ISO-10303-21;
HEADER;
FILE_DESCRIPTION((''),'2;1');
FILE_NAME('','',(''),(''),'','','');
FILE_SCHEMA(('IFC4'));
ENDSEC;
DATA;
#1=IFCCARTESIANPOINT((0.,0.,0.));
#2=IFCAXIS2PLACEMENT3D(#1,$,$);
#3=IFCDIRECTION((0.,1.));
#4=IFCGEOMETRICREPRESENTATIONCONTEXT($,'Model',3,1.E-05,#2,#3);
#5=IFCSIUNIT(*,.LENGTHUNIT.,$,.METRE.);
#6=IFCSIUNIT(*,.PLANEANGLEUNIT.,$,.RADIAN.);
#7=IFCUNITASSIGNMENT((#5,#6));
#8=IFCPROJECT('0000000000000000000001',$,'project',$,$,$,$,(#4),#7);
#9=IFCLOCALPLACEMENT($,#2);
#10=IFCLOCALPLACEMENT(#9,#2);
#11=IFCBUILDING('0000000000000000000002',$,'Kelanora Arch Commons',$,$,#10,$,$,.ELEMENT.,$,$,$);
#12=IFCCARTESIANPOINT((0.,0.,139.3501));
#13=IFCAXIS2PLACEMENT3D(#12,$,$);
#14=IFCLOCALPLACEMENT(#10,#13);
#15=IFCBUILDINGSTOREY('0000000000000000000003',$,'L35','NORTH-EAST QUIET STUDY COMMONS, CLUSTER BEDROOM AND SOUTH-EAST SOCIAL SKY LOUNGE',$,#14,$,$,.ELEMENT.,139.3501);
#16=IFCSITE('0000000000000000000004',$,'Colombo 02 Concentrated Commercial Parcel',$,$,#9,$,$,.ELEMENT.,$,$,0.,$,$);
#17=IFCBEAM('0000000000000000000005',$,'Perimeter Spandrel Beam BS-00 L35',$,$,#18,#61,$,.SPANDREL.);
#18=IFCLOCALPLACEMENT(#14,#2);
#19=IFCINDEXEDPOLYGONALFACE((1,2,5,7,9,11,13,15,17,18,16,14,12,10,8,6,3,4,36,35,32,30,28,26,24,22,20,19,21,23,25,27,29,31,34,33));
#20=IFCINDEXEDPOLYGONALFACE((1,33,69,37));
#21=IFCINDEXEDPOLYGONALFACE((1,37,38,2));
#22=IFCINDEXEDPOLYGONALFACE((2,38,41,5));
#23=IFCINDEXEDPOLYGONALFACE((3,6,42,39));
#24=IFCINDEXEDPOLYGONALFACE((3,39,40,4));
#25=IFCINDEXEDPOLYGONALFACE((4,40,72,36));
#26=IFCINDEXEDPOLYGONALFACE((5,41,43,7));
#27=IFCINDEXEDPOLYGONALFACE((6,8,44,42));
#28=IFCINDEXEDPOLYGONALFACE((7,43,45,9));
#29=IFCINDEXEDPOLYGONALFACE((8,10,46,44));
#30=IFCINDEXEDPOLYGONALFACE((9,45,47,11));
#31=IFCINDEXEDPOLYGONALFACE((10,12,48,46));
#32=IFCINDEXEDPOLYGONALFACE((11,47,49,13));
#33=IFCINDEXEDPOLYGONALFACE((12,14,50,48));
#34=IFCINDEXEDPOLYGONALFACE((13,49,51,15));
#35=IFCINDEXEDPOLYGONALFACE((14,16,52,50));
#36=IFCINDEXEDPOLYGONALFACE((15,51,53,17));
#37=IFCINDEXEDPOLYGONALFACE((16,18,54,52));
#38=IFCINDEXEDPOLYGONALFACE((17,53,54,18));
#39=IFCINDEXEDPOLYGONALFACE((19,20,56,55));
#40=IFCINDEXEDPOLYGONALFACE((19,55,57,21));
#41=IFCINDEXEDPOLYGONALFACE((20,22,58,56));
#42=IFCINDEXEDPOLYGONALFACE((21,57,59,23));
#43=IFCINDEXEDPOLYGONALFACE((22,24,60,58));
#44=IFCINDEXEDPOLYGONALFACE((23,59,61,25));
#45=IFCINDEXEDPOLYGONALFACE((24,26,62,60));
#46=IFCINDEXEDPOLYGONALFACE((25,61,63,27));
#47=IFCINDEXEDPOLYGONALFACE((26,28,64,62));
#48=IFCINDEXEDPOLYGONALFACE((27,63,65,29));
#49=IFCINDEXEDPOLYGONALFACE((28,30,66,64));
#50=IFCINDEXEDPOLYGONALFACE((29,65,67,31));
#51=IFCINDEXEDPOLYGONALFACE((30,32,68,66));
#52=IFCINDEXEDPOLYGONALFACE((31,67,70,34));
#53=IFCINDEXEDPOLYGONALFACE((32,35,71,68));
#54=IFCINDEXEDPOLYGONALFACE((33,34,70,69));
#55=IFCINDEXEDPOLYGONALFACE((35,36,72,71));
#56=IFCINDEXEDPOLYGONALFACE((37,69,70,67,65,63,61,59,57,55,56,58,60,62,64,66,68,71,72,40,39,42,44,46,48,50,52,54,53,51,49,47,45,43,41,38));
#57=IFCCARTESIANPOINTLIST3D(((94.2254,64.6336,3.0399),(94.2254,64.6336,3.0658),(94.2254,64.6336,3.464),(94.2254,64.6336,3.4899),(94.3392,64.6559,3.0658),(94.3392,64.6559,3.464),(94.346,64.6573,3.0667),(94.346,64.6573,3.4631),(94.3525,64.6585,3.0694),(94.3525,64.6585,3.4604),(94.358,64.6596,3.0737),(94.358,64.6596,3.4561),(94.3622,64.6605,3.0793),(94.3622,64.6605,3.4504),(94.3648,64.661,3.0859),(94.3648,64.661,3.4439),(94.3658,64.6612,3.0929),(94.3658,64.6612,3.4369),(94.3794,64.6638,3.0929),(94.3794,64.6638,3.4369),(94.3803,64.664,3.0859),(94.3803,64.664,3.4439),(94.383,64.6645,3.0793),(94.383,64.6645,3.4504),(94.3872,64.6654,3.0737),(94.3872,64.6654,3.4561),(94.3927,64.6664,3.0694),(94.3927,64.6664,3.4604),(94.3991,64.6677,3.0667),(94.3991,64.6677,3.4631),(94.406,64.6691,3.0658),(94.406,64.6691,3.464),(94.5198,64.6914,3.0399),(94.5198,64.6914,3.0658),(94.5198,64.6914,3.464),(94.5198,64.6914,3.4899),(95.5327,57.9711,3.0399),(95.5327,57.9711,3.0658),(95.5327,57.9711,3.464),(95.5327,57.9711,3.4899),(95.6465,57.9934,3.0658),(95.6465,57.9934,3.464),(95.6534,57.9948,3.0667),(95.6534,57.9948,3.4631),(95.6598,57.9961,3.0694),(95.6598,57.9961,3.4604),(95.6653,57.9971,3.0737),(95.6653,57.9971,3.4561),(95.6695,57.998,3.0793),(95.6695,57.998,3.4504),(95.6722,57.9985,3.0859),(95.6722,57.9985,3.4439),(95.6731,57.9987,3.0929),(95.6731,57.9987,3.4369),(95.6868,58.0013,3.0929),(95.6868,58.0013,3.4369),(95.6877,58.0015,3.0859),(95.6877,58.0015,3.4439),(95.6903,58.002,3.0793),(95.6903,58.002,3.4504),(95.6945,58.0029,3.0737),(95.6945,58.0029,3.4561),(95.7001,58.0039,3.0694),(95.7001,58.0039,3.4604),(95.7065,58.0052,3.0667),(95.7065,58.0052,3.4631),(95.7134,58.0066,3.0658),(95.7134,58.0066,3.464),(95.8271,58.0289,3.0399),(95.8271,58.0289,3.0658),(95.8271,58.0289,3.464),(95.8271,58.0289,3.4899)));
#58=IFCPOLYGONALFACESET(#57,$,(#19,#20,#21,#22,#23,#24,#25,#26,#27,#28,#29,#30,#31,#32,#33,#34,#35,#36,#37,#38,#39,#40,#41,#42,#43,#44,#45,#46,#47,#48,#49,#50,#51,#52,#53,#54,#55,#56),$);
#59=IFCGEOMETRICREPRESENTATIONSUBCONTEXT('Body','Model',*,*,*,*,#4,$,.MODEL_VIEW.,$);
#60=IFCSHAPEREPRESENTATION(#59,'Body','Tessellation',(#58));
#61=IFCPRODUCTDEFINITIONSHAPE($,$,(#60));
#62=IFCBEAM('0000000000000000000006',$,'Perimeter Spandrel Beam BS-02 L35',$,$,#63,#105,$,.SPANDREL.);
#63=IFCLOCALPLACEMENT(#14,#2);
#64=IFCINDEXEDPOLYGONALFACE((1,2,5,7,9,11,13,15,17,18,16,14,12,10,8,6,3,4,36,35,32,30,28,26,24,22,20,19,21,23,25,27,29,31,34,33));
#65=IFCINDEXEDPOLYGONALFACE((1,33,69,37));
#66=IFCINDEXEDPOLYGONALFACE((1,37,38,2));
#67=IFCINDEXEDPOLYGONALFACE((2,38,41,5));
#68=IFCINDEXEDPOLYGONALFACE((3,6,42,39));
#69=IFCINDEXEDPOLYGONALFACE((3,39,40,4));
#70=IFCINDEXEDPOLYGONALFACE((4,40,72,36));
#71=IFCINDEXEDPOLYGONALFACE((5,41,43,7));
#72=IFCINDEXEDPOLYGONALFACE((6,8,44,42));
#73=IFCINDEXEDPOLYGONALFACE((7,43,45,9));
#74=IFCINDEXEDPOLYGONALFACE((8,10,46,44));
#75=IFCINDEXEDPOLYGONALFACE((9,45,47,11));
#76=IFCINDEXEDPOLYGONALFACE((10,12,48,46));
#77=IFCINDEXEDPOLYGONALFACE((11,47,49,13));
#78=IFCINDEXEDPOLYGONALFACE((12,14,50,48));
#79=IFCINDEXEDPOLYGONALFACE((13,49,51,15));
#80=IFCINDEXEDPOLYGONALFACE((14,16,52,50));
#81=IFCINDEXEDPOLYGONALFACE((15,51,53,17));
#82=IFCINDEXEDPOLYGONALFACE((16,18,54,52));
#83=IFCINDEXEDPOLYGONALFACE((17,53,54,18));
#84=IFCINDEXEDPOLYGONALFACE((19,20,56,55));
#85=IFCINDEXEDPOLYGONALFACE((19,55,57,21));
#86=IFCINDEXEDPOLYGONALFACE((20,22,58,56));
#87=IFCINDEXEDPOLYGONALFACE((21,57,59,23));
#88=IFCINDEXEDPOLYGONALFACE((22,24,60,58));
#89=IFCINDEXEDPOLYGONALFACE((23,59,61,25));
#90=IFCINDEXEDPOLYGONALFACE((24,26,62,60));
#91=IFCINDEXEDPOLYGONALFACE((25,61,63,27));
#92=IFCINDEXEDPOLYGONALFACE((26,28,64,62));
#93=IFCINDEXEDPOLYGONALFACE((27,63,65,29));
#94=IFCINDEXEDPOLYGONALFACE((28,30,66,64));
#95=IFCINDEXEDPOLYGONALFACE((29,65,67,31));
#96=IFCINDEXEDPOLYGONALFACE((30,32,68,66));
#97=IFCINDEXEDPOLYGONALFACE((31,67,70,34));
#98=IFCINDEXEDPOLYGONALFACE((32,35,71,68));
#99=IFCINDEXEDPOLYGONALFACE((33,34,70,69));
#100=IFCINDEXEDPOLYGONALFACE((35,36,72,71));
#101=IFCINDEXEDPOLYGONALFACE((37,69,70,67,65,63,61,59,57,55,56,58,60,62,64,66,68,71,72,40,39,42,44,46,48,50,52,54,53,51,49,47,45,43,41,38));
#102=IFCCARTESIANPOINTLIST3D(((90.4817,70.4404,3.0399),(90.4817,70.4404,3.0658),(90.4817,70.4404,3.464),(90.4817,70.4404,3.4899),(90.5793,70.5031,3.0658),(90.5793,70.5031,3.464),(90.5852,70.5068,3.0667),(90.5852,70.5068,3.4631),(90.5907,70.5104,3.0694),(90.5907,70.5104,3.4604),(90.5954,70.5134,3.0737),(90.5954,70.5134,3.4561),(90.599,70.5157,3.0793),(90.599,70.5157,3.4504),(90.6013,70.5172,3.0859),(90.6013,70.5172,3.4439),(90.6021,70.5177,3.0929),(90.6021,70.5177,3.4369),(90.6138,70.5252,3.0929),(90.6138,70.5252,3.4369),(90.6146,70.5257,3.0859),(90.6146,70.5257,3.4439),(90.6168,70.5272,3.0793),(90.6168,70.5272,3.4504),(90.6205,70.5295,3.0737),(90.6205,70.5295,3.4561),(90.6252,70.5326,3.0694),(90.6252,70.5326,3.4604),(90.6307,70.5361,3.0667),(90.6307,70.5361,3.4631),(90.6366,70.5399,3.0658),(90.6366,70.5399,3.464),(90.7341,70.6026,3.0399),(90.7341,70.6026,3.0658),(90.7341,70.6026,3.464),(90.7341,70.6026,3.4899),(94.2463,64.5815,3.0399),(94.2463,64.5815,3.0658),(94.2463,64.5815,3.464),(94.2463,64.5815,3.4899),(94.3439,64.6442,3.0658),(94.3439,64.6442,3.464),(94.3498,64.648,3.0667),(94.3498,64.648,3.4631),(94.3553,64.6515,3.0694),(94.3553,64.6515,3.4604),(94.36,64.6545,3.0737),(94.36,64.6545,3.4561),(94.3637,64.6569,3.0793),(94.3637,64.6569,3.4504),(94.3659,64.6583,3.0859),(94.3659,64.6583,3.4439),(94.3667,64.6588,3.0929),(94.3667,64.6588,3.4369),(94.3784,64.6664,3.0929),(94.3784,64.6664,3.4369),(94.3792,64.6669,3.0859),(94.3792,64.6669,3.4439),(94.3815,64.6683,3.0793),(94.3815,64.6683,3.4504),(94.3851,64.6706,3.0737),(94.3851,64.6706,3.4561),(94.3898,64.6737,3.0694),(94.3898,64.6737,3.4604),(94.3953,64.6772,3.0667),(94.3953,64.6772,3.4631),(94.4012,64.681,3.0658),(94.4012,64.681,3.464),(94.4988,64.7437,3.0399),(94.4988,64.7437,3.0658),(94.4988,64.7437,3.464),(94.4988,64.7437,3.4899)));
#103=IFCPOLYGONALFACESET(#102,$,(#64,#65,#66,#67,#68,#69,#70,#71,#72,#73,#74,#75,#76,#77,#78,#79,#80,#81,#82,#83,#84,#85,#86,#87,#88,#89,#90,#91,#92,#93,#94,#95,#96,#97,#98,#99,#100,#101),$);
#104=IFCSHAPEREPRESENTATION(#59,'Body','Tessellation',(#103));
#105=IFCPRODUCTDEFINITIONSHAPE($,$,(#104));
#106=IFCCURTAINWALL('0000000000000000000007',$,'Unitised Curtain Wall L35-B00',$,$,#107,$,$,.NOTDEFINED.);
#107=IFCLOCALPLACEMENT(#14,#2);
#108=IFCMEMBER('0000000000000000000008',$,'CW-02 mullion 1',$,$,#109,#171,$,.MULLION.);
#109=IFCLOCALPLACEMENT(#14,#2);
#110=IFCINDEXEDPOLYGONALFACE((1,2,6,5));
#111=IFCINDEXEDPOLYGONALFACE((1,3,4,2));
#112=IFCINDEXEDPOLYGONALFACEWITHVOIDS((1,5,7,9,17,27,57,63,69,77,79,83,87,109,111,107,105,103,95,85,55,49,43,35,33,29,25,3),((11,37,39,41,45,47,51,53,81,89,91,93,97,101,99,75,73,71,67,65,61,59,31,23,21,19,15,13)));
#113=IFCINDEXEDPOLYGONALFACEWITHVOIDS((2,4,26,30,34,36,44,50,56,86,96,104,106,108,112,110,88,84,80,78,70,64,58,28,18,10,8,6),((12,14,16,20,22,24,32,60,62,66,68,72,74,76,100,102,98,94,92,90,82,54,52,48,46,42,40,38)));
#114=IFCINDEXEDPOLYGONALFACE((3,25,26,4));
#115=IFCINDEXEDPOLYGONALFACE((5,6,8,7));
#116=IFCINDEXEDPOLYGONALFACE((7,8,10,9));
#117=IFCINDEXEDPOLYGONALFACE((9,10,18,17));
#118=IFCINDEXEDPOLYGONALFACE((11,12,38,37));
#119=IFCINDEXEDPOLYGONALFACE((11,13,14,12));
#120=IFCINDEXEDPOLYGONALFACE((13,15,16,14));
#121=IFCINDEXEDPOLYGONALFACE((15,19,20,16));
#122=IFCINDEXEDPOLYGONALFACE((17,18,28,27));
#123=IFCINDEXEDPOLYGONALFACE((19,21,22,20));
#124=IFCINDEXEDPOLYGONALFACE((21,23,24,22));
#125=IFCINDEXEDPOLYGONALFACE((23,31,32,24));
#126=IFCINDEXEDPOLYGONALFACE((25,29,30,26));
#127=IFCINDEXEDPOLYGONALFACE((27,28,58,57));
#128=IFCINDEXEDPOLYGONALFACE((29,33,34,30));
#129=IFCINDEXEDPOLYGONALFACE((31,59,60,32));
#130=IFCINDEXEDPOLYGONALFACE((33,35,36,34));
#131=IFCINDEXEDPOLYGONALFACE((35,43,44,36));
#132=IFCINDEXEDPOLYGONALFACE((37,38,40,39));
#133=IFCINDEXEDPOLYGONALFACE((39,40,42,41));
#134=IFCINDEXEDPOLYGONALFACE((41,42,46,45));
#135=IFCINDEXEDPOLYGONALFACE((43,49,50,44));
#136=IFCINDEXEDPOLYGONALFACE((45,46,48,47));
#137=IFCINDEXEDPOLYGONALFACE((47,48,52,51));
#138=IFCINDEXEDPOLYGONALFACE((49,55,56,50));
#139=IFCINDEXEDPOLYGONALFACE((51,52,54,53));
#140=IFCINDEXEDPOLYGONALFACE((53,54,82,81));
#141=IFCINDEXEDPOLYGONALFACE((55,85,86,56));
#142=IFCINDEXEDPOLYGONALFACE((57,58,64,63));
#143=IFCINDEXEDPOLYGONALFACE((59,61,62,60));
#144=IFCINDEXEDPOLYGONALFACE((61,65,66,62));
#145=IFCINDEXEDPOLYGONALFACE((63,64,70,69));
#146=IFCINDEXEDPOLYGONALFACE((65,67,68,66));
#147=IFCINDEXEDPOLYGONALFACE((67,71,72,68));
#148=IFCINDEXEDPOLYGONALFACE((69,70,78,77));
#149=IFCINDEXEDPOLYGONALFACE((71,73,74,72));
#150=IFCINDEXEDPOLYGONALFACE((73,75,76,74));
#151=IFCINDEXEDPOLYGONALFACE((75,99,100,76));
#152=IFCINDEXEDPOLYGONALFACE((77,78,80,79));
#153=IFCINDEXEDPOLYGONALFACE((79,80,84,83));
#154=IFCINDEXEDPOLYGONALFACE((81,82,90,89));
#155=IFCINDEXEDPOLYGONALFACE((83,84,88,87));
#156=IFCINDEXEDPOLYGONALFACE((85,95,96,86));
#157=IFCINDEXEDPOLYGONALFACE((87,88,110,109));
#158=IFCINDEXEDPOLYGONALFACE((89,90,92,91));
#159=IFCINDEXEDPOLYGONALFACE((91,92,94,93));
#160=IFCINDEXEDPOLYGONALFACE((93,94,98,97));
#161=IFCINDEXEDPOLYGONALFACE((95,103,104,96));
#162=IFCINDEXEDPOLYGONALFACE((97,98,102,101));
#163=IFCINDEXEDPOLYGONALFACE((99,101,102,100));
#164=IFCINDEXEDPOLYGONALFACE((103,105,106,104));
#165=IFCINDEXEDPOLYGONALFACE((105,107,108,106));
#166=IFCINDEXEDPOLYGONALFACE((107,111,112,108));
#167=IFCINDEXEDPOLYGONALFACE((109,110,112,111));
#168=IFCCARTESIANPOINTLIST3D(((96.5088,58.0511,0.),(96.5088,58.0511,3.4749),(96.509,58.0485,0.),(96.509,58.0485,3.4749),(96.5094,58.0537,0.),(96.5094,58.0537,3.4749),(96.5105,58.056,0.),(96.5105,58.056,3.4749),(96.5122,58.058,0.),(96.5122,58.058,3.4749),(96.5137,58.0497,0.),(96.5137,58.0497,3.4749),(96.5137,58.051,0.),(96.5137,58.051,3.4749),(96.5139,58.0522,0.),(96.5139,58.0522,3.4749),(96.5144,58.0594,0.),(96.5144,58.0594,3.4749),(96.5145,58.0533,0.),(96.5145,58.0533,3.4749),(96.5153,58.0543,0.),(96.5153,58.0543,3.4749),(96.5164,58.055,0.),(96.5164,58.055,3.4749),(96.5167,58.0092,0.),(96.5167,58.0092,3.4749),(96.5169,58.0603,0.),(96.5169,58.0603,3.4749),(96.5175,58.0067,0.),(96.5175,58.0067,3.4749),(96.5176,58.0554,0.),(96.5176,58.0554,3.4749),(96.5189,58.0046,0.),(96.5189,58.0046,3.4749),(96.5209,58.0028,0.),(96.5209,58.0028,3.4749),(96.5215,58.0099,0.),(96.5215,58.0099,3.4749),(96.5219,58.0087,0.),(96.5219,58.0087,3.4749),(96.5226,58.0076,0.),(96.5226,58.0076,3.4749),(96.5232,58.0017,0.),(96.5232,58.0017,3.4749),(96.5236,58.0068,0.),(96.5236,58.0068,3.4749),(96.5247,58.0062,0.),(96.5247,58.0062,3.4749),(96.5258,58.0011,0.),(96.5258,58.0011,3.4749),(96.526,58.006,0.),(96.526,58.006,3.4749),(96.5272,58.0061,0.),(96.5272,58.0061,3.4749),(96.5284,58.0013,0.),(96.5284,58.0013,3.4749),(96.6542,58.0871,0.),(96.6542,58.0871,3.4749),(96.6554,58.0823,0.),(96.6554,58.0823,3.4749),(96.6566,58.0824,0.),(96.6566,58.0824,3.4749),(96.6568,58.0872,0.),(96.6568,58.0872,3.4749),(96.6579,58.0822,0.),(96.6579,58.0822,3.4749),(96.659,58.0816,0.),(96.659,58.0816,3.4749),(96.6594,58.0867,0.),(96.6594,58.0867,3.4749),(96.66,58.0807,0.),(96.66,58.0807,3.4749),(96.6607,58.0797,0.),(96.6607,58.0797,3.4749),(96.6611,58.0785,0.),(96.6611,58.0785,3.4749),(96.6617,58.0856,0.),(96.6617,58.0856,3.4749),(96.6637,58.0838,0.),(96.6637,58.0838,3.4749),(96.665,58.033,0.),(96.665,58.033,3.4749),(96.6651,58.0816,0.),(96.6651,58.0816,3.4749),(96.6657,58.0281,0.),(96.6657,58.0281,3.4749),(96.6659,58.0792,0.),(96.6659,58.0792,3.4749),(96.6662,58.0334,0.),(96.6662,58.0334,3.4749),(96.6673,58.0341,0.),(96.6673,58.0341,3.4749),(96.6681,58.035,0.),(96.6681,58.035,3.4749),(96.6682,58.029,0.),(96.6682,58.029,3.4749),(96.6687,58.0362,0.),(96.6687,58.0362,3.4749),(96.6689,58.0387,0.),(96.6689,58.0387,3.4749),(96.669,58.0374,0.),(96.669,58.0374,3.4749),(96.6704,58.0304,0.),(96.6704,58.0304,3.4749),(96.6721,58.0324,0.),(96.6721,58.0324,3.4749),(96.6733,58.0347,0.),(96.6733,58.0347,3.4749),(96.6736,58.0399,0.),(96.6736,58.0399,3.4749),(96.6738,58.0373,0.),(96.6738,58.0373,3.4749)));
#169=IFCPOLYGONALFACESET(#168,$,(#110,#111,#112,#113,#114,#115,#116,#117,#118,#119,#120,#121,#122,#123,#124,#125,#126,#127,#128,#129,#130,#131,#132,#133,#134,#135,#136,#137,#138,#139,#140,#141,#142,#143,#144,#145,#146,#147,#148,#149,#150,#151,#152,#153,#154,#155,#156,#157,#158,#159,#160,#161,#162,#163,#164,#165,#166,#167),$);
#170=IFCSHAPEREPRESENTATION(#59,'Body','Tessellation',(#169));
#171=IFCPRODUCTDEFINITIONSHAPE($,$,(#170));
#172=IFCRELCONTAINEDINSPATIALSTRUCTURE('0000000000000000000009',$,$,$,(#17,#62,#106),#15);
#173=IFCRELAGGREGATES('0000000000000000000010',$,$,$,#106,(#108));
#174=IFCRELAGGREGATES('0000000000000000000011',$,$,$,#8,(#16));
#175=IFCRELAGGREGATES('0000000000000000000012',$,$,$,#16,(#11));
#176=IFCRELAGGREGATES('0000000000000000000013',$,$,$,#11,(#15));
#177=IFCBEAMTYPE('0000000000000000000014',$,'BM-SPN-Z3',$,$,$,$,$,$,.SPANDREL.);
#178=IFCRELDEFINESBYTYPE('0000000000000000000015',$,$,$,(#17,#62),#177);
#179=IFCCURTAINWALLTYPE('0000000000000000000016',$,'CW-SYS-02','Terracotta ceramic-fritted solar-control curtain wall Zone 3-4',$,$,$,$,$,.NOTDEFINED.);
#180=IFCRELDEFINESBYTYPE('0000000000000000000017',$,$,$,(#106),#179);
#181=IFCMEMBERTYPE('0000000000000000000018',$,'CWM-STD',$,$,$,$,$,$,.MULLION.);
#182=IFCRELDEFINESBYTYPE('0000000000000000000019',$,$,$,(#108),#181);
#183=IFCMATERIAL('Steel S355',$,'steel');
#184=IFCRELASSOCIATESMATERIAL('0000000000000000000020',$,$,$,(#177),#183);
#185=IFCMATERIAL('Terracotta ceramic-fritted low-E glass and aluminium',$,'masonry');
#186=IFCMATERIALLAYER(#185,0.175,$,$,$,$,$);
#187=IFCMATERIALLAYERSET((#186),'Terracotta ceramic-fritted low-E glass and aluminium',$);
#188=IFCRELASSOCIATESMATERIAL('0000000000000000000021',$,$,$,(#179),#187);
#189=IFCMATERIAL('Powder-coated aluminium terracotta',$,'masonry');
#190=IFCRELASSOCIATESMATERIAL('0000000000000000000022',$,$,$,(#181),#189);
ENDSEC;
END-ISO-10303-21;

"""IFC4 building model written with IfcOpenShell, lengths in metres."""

from ifc_helpers import new_model, si_unit, direction, frame, origin, origin_2d, place, context, subcontext, project, spatial, hollow_rectangle, i_section, extrude, material, layer, layer_set, material_profile, profile_set, type_object, element, aggregate, save


model = new_model("IFC4")

# Units and contexts
model_context = context("Model", 3, precision=1e-05, world=origin(), true_north=direction((0.0, 1.0)))
body_context = subcontext(model_context, "Body", "Model", "MODEL_VIEW")
ifc_project = project(units=[si_unit("LENGTHUNIT", "METRE"), si_unit("PLANEANGLEUNIT", "RADIAN")], contexts=[model_context])

# Site, building, storey
site_placement = place(None, origin())
site = spatial("IfcSite", under=ifc_project, at=site_placement, Name="Colombo 02 Concentrated Commercial Parcel", CompositionType="ELEMENT", RefElevation=0.0)
building_placement = place(site_placement, origin())
building = spatial("IfcBuilding", under=site, at=building_placement, Name="Kelanora Arch Commons", CompositionType="ELEMENT")
storey_placement = place(building_placement, frame((0.0, 0.0, 139.3501)))
storey = spatial("IfcBuildingStorey", under=building, at=storey_placement, Name="L35", Description="NORTH-EAST QUIET STUDY COMMONS, CLUSTER BEDROOM AND SOUTH-EAST SOCIAL SKY LOUNGE", CompositionType="ELEMENT", Elevation=139.3501)

# Beams
ifc_material_1 = material(Name="Steel S355", Category="steel")
ifc_material_profile_1 = material_profile(ifc_material_1, i_section(OverallWidth=0.3, OverallDepth=0.45, WebThickness=0.0139, FlangeThickness=0.0259, FilletRadius=0.0271, at=origin_2d()), Name="HEB450")
ifc_profile_set_1 = profile_set([ifc_material_profile_1], Name="Steel S355")
beam_type_1 = type_object("IfcBeamType", Name="BM-SPN-Z3", PredefinedType="SPANDREL", material=ifc_profile_set_1)
beam_1_placement = place(storey_placement, frame((95.6799, 58.0, 3.2649), z_axis=(-0.192554, 0.981286, 0.0), x_axis=(-0.981286, -0.192554, 0.0)))
element("IfcBeam", 1, at=beam_1_placement, inside=storey, type_object=beam_type_1, Name="Perimeter Spandrel Beam BS-00 L35", PredefinedType="SPANDREL", context=body_context, shape_type="SweptSolid", body=[
    extrude(i_section(OverallWidth=0.3, OverallDepth=0.45, WebThickness=0.0139, FlangeThickness=0.0259, FilletRadius=0.0271, at=origin_2d()), origin(), (0.0, 0.0, 1.0), 6.7896),
])
beam_2_placement = place(storey_placement, frame((94.3726, 64.6626, 3.2649), z_axis=(-0.540577, 0.841295, 0.0), x_axis=(-0.841295, -0.540577, 0.0)))
element("IfcBeam", 2, at=beam_2_placement, inside=storey, type_object=beam_type_1, Name="Perimeter Spandrel Beam BS-02 L35", PredefinedType="SPANDREL", context=body_context, shape_type="SweptSolid", body=[
    extrude(i_section(OverallWidth=0.3, OverallDepth=0.45, WebThickness=0.0139, FlangeThickness=0.0259, FilletRadius=0.0271, at=origin_2d()), origin(), (0.0, 0.0, 1.0), 6.9641),
])

# Curtain wall, member
ifc_material_2 = material(Name="Terracotta ceramic-fritted low-E glass and aluminium", Category="masonry")
ifc_layer_1 = layer(ifc_material_2, 0.175)
ifc_layer_set_1 = layer_set([ifc_layer_1], Name="Terracotta ceramic-fritted low-E glass and aluminium")
curtain_wall_type = type_object("IfcCurtainWallType", Name="CW-SYS-02", Description="Terracotta ceramic-fritted solar-control curtain wall Zone 3-4", PredefinedType="NOTDEFINED", material=ifc_layer_set_1)
curtain_wall_placement = place(storey_placement, origin())
curtain_wall = element("IfcCurtainWall", 3, at=curtain_wall_placement, inside=storey, type_object=curtain_wall_type, Name="Unitised Curtain Wall L35-B00", PredefinedType="NOTDEFINED")
ifc_material_3 = material(Name="Powder-coated aluminium terracotta", Category="masonry")
ifc_material_profile_2 = material_profile(ifc_material_3, hollow_rectangle(XDim=0.1599, YDim=0.0601, WallThickness=0.0049, InnerFilletRadius=0.0049, OuterFilletRadius=0.01, at=origin_2d()), Name="CWM160x60")
ifc_profile_set_2 = profile_set([ifc_material_profile_2], Name="Powder-coated aluminium terracotta")
member_type_1 = type_object("IfcMemberType", Name="CWM-STD", PredefinedType="MULLION", material=ifc_profile_set_2)
member_1_placement = place(storey_placement, frame((96.5913, 58.0442, 0.0), z_axis=(0.0, 0.0, 1.0), x_axis=(-0.981453, -0.191705, 0.0)))
member_1 = element("IfcMember", 4, at=member_1_placement, type_object=member_type_1, Name="CW-02 mullion 1", PredefinedType="MULLION", context=body_context, shape_type="SweptSolid", body=[
    extrude(hollow_rectangle(XDim=0.1599, YDim=0.0601, WallThickness=0.0049, InnerFilletRadius=0.0049, OuterFilletRadius=0.01, at=origin_2d()), origin(), (0.0, 0.0, 1.0), 3.4749),
])
aggregate(curtain_wall, [member_1])

save(model, "model.ifc")
